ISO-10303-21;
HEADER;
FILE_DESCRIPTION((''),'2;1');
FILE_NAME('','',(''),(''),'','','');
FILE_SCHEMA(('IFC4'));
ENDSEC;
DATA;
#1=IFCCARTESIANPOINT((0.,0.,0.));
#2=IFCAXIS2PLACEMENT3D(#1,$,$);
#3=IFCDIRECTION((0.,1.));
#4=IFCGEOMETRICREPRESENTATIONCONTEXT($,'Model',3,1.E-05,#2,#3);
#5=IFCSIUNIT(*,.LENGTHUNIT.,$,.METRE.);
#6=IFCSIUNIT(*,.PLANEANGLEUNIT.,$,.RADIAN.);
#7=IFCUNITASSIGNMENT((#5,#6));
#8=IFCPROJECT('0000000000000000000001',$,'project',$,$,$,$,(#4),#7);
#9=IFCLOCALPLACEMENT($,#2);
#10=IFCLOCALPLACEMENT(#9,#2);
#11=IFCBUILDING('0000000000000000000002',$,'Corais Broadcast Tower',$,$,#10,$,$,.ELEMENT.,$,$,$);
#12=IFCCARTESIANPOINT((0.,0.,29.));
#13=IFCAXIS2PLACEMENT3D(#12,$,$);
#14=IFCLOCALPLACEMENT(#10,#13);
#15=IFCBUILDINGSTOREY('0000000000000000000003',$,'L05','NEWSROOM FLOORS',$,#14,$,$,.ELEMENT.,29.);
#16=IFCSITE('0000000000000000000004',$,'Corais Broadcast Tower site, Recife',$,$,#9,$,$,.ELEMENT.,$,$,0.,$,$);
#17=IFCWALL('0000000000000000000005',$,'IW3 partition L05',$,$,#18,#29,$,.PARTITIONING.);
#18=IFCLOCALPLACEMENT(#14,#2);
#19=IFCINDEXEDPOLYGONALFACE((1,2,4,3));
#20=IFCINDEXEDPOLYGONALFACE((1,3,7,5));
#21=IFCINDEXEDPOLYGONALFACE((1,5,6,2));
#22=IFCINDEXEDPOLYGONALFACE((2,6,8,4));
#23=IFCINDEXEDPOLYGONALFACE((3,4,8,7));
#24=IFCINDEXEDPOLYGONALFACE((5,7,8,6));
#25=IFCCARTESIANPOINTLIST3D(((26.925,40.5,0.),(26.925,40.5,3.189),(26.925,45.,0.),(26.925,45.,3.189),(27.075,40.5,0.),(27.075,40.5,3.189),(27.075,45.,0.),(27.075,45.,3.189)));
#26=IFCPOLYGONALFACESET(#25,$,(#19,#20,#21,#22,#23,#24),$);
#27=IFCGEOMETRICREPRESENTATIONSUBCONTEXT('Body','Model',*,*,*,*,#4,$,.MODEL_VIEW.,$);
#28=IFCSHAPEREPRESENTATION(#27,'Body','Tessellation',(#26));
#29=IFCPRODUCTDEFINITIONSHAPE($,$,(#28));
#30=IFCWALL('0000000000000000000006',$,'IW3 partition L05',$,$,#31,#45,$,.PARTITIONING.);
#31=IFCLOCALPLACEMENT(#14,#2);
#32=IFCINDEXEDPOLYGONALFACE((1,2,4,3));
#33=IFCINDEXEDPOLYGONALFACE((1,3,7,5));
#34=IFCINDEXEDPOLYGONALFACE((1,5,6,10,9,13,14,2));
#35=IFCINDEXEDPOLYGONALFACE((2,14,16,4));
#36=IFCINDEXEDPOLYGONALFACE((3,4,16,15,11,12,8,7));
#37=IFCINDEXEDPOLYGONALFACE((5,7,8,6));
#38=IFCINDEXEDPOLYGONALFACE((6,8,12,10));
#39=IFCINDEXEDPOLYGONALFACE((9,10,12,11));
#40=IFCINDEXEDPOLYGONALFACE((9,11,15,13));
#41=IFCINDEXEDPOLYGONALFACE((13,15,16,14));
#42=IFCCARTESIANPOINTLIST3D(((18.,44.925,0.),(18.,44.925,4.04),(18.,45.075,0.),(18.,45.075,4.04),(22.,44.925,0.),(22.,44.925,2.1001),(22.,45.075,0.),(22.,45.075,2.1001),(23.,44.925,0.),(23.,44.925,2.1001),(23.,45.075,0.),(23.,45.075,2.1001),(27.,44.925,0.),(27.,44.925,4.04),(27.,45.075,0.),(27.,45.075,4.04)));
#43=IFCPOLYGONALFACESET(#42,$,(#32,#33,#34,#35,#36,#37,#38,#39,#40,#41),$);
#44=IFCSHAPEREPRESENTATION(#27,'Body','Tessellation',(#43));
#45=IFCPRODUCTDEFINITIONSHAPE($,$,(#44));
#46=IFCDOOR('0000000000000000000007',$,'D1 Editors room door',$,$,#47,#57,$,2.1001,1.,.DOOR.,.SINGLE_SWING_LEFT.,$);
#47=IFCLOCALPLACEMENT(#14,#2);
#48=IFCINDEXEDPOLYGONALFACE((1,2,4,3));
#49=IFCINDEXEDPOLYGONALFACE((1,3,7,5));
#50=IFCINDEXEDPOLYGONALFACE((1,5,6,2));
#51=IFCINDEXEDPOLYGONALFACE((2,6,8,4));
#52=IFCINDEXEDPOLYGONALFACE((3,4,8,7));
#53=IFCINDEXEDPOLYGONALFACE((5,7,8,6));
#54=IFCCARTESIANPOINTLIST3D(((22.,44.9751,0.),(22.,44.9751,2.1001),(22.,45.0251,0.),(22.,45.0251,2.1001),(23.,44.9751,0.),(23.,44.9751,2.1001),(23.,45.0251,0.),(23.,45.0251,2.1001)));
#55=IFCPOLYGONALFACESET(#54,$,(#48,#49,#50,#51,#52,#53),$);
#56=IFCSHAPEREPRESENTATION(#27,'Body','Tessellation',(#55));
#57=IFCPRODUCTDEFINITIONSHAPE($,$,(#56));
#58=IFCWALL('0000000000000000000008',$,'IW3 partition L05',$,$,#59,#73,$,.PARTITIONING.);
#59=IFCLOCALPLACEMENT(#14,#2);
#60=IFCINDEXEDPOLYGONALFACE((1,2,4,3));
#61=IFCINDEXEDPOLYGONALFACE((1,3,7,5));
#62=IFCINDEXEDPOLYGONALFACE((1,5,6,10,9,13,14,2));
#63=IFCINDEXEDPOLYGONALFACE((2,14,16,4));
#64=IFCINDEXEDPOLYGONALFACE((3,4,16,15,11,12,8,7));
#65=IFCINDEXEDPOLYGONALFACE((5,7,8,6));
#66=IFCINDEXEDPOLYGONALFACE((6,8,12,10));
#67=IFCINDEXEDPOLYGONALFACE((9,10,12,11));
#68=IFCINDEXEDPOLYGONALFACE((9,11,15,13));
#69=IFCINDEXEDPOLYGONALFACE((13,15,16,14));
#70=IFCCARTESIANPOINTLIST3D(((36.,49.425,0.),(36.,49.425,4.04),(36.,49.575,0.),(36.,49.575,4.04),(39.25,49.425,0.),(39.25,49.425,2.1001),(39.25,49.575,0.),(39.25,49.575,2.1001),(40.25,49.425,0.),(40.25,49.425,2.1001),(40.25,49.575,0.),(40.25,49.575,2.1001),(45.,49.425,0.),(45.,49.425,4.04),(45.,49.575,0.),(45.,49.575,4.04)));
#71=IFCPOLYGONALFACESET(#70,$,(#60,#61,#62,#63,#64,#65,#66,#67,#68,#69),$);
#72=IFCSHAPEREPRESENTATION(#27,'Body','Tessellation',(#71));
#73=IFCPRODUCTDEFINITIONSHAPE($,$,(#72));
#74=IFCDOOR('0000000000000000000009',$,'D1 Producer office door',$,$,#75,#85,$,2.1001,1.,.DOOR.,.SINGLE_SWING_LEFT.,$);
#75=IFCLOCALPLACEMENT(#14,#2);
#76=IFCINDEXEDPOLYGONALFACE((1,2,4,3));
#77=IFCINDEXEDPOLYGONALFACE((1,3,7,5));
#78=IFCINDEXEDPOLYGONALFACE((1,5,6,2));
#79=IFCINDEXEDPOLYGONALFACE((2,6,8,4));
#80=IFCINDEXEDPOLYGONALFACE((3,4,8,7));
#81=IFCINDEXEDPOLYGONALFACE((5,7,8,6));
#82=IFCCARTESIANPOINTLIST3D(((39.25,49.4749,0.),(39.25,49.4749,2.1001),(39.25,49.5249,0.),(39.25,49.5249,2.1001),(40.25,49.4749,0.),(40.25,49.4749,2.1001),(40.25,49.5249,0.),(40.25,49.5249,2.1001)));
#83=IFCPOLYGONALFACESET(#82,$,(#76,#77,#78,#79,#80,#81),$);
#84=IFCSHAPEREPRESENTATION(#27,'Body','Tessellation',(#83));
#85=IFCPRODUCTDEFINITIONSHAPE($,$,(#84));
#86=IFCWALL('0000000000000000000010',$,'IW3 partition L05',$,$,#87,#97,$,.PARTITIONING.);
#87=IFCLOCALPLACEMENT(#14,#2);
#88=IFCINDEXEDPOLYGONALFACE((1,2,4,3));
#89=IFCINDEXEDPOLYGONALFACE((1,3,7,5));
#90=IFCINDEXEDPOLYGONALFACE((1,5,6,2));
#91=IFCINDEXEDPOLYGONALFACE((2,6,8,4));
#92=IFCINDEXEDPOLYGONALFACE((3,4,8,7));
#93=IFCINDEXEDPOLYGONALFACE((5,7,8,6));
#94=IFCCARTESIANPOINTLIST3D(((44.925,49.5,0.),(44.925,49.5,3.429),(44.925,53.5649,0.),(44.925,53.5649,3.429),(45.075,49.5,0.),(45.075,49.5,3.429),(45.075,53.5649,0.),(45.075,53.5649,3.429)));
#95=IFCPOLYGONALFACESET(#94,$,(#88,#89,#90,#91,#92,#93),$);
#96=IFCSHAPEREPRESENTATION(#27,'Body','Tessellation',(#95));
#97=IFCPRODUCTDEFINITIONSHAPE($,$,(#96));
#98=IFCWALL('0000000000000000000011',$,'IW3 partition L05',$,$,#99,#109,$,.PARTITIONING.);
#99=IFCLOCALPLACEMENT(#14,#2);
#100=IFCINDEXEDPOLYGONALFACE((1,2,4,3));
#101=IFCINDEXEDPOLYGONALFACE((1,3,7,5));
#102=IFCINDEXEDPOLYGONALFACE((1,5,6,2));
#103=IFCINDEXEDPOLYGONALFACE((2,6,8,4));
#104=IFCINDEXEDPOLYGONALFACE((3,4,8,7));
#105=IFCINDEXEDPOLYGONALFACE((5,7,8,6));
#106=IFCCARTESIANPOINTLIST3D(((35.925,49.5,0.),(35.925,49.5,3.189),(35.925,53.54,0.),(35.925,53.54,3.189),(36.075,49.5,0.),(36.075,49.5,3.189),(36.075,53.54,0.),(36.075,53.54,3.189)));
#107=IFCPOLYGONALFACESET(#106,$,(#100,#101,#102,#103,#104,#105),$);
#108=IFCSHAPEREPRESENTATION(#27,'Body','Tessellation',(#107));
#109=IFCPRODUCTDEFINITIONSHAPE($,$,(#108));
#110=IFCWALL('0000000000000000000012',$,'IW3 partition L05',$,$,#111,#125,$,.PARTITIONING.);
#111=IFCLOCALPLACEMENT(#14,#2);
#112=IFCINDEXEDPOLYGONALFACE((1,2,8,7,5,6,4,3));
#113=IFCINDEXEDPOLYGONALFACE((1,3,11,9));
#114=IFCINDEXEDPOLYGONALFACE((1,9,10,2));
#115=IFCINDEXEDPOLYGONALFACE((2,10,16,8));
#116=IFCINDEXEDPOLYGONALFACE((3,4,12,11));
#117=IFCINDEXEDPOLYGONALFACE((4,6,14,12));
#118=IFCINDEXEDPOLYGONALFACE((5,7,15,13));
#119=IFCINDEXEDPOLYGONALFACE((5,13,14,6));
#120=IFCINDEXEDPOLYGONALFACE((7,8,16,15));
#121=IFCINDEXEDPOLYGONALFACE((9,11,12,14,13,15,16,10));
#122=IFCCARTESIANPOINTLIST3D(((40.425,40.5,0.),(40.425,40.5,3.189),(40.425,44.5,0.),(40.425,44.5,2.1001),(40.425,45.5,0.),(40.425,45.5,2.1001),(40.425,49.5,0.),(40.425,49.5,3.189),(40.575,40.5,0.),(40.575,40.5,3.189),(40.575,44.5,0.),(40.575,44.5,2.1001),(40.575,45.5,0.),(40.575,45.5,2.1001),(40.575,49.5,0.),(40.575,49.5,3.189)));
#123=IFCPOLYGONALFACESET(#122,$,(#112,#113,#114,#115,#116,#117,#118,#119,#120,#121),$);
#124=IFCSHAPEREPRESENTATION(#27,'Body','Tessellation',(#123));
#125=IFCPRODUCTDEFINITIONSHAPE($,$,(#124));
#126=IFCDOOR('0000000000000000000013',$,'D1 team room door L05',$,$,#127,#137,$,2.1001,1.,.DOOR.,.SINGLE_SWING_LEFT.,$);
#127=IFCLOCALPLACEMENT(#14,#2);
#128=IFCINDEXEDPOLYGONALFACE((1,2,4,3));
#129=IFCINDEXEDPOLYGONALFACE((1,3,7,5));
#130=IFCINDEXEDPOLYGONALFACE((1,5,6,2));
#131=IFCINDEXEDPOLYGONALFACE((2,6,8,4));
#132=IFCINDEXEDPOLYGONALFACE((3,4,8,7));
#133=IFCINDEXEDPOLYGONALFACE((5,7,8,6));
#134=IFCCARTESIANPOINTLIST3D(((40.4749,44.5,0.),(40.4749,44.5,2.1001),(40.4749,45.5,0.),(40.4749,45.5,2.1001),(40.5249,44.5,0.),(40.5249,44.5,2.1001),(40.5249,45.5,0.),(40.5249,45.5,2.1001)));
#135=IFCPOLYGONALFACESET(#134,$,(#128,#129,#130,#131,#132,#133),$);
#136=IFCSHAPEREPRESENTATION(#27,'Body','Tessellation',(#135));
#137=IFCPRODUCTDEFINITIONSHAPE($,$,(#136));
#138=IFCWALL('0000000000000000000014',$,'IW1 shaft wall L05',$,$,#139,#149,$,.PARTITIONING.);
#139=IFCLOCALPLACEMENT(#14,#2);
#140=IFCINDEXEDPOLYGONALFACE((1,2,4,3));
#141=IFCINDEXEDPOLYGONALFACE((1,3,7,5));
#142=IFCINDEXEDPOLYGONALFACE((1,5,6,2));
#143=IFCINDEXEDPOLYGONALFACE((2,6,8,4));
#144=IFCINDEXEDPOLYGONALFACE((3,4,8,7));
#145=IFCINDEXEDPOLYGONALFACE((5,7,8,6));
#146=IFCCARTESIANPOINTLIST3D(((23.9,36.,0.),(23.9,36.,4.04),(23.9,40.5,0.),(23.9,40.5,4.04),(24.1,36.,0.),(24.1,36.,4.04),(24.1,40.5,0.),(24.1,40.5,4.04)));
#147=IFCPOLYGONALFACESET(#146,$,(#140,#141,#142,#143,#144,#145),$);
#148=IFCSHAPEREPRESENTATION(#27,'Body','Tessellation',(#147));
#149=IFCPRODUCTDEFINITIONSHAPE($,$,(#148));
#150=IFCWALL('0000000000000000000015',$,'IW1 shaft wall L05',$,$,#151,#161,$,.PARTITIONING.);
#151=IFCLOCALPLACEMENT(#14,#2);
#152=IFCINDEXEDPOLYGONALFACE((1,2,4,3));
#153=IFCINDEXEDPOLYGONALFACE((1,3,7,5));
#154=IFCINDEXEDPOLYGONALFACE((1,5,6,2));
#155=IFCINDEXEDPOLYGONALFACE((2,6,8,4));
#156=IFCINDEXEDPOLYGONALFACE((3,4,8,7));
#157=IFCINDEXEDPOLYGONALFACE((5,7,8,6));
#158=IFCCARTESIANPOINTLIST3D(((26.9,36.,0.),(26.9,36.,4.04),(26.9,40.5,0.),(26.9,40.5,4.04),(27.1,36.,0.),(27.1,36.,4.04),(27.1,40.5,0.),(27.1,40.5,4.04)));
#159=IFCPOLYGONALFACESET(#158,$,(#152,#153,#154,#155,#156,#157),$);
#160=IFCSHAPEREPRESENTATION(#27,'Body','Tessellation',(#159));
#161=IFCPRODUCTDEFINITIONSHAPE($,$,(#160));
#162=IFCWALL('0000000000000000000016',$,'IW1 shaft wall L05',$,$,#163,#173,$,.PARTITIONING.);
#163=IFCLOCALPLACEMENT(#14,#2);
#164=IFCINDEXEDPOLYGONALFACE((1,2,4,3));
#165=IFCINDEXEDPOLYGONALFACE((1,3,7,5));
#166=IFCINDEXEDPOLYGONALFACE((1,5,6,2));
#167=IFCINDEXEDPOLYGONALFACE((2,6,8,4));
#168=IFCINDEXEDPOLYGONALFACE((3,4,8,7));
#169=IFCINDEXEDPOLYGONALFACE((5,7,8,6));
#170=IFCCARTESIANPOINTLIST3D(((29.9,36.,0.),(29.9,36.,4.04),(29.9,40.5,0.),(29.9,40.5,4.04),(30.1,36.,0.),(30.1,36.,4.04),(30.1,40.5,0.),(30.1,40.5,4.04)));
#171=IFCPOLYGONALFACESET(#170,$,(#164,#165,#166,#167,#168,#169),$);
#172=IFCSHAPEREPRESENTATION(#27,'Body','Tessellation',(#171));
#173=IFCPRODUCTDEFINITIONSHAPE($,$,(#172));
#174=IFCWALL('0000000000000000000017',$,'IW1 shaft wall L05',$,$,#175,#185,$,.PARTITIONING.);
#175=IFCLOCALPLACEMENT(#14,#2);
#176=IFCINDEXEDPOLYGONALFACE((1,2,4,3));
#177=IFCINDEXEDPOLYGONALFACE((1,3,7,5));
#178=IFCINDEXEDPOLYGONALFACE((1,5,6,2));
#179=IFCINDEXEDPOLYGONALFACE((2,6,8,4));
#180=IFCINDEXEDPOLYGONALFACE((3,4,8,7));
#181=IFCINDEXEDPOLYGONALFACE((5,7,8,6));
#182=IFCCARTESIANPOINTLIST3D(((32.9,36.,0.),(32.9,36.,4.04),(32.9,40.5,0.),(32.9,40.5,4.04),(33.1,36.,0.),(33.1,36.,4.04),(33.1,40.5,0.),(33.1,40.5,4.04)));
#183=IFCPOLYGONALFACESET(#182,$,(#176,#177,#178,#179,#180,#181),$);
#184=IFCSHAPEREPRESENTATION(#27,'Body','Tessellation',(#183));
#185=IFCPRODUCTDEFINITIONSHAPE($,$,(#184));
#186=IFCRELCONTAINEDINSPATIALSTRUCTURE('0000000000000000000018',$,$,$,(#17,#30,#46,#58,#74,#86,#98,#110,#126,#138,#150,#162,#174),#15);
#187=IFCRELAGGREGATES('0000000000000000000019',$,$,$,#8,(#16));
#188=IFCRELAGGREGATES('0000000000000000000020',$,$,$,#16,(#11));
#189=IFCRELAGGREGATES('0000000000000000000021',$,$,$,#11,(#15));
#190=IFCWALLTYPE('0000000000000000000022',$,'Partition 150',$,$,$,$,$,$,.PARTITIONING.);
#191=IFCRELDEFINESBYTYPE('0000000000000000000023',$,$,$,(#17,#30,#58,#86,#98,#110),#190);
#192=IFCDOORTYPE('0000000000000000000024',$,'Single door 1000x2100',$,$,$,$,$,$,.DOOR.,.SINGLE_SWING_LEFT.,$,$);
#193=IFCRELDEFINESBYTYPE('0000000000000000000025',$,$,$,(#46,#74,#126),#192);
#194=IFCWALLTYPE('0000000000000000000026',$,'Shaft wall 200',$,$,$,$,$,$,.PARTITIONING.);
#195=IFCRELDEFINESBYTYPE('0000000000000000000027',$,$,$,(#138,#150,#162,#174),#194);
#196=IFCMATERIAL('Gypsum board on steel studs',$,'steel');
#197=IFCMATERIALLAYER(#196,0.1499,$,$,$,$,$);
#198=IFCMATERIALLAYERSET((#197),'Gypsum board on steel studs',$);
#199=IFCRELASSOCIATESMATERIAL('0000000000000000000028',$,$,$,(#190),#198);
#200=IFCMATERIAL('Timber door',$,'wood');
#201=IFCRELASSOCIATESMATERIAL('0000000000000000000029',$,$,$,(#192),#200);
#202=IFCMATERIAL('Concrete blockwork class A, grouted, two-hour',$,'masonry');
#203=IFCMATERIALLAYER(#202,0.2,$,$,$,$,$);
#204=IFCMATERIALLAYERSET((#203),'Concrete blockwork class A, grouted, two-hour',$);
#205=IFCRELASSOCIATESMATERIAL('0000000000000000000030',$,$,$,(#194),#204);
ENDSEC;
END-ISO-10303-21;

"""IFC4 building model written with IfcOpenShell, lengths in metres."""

from ifc_helpers import new_model, si_unit, direction, frame, frame_2d, origin, place, context, subcontext, project, spatial, rectangle, extrude, material, layer, layer_set, type_object, element, fill, save


model = new_model("IFC4")

# Units and contexts
model_context = context("Model", 3, precision=1e-05, world=origin(), true_north=direction((0.0, 1.0)))
body_context = subcontext(model_context, "Body", "Model", "MODEL_VIEW")
ifc_project = project(units=[si_unit("LENGTHUNIT", "METRE"), si_unit("PLANEANGLEUNIT", "RADIAN")], contexts=[model_context])

# Site, building, storey
site_placement = place(None, origin())
site = spatial("IfcSite", under=ifc_project, at=site_placement, Name="Corais Broadcast Tower site, Recife", CompositionType="ELEMENT", RefElevation=0.0)
building_placement = place(site_placement, origin())
building = spatial("IfcBuilding", under=site, at=building_placement, Name="Corais Broadcast Tower", CompositionType="ELEMENT")
storey_placement = place(building_placement, frame((0.0, 0.0, 29.0)))
storey = spatial("IfcBuildingStorey", under=building, at=storey_placement, Name="L05", Description="NEWSROOM FLOORS", CompositionType="ELEMENT", Elevation=29.0)

# Wall
ifc_material_1 = material(Name="Gypsum board on steel studs", Category="steel")
ifc_layer_1 = layer(ifc_material_1, 0.1499)
ifc_layer_set_1 = layer_set([ifc_layer_1], Name="Gypsum board on steel studs")
wall_type_1 = type_object("IfcWallType", Name="Partition 150", PredefinedType="PARTITIONING", material=ifc_layer_set_1)
wall_1_placement = place(storey_placement, frame((27.0, 40.5, 0.0), z_axis=(0.0, 0.0, 1.0), x_axis=(0.0, 1.0, 0.0)))
element("IfcWall", 1, at=wall_1_placement, inside=storey, type_object=wall_type_1, Name="IW3 partition L05", PredefinedType="PARTITIONING", context=body_context, shape_type="SweptSolid", body=[
    extrude(rectangle(XDim=4.5, YDim=0.1499, at=frame_2d((2.25, 0.0))), origin(), (0.0, 0.0, 1.0), 3.189),
])

# Walls, openings, doors
wall_2_placement = place(storey_placement, frame((27.0, 45.0, 0.0), z_axis=(0.0, 0.0, 1.0), x_axis=(-1.0, 0.0, 0.0)))
wall_2 = element("IfcWall", 2, at=wall_2_placement, inside=storey, type_object=wall_type_1, Name="IW3 partition L05", PredefinedType="PARTITIONING", context=body_context, shape_type="SweptSolid", body=[
    extrude(rectangle(XDim=9.0, YDim=0.1499, at=frame_2d((4.5, 0.0))), origin(), (0.0, 0.0, 1.0), 4.04),
])
opening_1_placement = place(wall_2_placement, frame((4.0, 0.0, 0.0)))
opening_1 = element("IfcOpeningElement", 3, at=opening_1_placement, cuts=wall_2, PredefinedType="OPENING", context=body_context, shape_type="SweptSolid", body=[
    extrude(rectangle(XDim=1.0, YDim=2.1001, at=frame_2d((0.5, 1.05))), frame((0.0, 0.085, 0.0), z_axis=(0.0, -1.0, 0.0), x_axis=(1.0, 0.0, 0.0)), (0.0, 0.0, 1.0), 0.1699),
])
ifc_material_2 = material(Name="Timber door", Category="wood")
door_type = type_object("IfcDoorType", Name="Single door 1000x2100", OperationType="SINGLE_SWING_LEFT", PredefinedType="DOOR", material=ifc_material_2)
door_1_placement = place(opening_1_placement, origin())
door_1 = element("IfcDoor", 4, at=door_1_placement, inside=storey, type_object=door_type, Name="D1 Editors room door", OperationType="SINGLE_SWING_LEFT", OverallHeight=2.1001, OverallWidth=1.0, PredefinedType="DOOR", context=body_context, shape_type="SweptSolid", body=[
    extrude(rectangle(XDim=1.0, YDim=2.1001, at=frame_2d((0.5, 1.05))), frame((0.0, 0.0249, 0.0), z_axis=(0.0, -1.0, 0.0), x_axis=(1.0, 0.0, 0.0)), (0.0, 0.0, 1.0), 0.05),
])
fill(opening_1, door_1)
wall_3_placement = place(storey_placement, frame((36.0, 49.5, 0.0), z_axis=(0.0, 0.0, 1.0), x_axis=(1.0, 0.0, 0.0)))
wall_3 = element("IfcWall", 5, at=wall_3_placement, inside=storey, type_object=wall_type_1, Name="IW3 partition L05", PredefinedType="PARTITIONING", context=body_context, shape_type="SweptSolid", body=[
    extrude(rectangle(XDim=9.0, YDim=0.1499, at=frame_2d((4.5, 0.0))), origin(), (0.0, 0.0, 1.0), 4.04),
])
opening_2_placement = place(wall_3_placement, frame((3.25, 0.0, 0.0)))
opening_2 = element("IfcOpeningElement", 6, at=opening_2_placement, cuts=wall_3, PredefinedType="OPENING", context=body_context, shape_type="SweptSolid", body=[
    extrude(rectangle(XDim=1.0, YDim=2.1001, at=frame_2d((0.5, 1.05))), frame((0.0, 0.085, 0.0), z_axis=(0.0, -1.0, 0.0), x_axis=(1.0, 0.0, 0.0)), (0.0, 0.0, 1.0), 0.1699),
])
door_2_placement = place(opening_2_placement, origin())
door_2 = element("IfcDoor", 7, at=door_2_placement, inside=storey, type_object=door_type, Name="D1 Producer office door", OperationType="SINGLE_SWING_LEFT", OverallHeight=2.1001, OverallWidth=1.0, PredefinedType="DOOR", context=body_context, shape_type="SweptSolid", body=[
    extrude(rectangle(XDim=1.0, YDim=2.1001, at=frame_2d((0.5, 1.05))), frame((0.0, 0.0249, 0.0), z_axis=(0.0, -1.0, 0.0), x_axis=(1.0, 0.0, 0.0)), (0.0, 0.0, 1.0), 0.05),
])
fill(opening_2, door_2)

# Walls
wall_4_placement = place(storey_placement, frame((45.0, 49.5, 0.0), z_axis=(0.0, 0.0, 1.0), x_axis=(0.0, 1.0, 0.0)))
element("IfcWall", 8, at=wall_4_placement, inside=storey, type_object=wall_type_1, Name="IW3 partition L05", PredefinedType="PARTITIONING", context=body_context, shape_type="SweptSolid", body=[
    extrude(rectangle(XDim=4.0649, YDim=0.1499, at=frame_2d((2.0325, 0.0))), origin(), (0.0, 0.0, 1.0), 3.429),
])
wall_5_placement = place(storey_placement, frame((36.0, 53.54, 0.0), z_axis=(0.0, 0.0, 1.0), x_axis=(0.0, -1.0, 0.0)))
element("IfcWall", 9, at=wall_5_placement, inside=storey, type_object=wall_type_1, Name="IW3 partition L05", PredefinedType="PARTITIONING", context=body_context, shape_type="SweptSolid", body=[
    extrude(rectangle(XDim=4.04, YDim=0.1499, at=frame_2d((2.02, 0.0))), origin(), (0.0, 0.0, 1.0), 3.189),
])

# Wall, opening, door
wall_6_placement = place(storey_placement, frame((40.5, 49.5, 0.0), z_axis=(0.0, 0.0, 1.0), x_axis=(0.0, -1.0, 0.0)))
wall_6 = element("IfcWall", 10, at=wall_6_placement, inside=storey, type_object=wall_type_1, Name="IW3 partition L05", PredefinedType="PARTITIONING", context=body_context, shape_type="SweptSolid", body=[
    extrude(rectangle(XDim=9.0, YDim=0.1499, at=frame_2d((4.5, 0.0))), origin(), (0.0, 0.0, 1.0), 3.189),
])
opening_3_placement = place(wall_6_placement, frame((4.0, 0.0, 0.0)))
opening_3 = element("IfcOpeningElement", 11, at=opening_3_placement, cuts=wall_6, PredefinedType="OPENING", context=body_context, shape_type="SweptSolid", body=[
    extrude(rectangle(XDim=1.0, YDim=2.1001, at=frame_2d((0.5, 1.05))), frame((0.0, 0.085, 0.0), z_axis=(0.0, -1.0, 0.0), x_axis=(1.0, 0.0, 0.0)), (0.0, 0.0, 1.0), 0.1699),
])
door_3_placement = place(opening_3_placement, origin())
door_3 = element("IfcDoor", 12, at=door_3_placement, inside=storey, type_object=door_type, Name="D1 team room door L05", OperationType="SINGLE_SWING_LEFT", OverallHeight=2.1001, OverallWidth=1.0, PredefinedType="DOOR", context=body_context, shape_type="SweptSolid", body=[
    extrude(rectangle(XDim=1.0, YDim=2.1001, at=frame_2d((0.5, 1.05))), frame((0.0, 0.0249, 0.0), z_axis=(0.0, -1.0, 0.0), x_axis=(1.0, 0.0, 0.0)), (0.0, 0.0, 1.0), 0.05),
])
fill(opening_3, door_3)

# Walls
ifc_material_3 = material(Name="Concrete blockwork class A, grouted, two-hour", Category="masonry")
ifc_layer_2 = layer(ifc_material_3, 0.2)
ifc_layer_set_2 = layer_set([ifc_layer_2], Name="Concrete blockwork class A, grouted, two-hour")
wall_type_2 = type_object("IfcWallType", Name="Shaft wall 200", PredefinedType="PARTITIONING", material=ifc_layer_set_2)
for number, where, z_axis, x_axis, name in (
    (13, (24.0, 36.0, 0.0), (0.0, 0.0, 1.0), (0.0, 1.0, 0.0), "IW1 shaft wall L05"),
    (14, (27.0, 36.0, 0.0), (0.0, 0.0, 1.0), (0.0, 1.0, 0.0), "IW1 shaft wall L05"),
    (15, (30.0, 36.0, 0.0), (0.0, 0.0, 1.0), (0.0, 1.0, 0.0), "IW1 shaft wall L05"),
    (16, (33.0, 36.0, 0.0), (0.0, 0.0, 1.0), (0.0, 1.0, 0.0), "IW1 shaft wall L05"),
):
    element("IfcWall", number, at=place(storey_placement, frame(where, z_axis=z_axis, x_axis=x_axis)), inside=storey, type_object=wall_type_2, Name=name, PredefinedType="PARTITIONING", context=body_context, shape_type="SweptSolid", body=[
        extrude(rectangle(XDim=4.5, YDim=0.2, at=frame_2d((2.25, 0.0))), origin(), (0.0, 0.0, 1.0), 4.04),
    ])

save(model, "model.ifc")
